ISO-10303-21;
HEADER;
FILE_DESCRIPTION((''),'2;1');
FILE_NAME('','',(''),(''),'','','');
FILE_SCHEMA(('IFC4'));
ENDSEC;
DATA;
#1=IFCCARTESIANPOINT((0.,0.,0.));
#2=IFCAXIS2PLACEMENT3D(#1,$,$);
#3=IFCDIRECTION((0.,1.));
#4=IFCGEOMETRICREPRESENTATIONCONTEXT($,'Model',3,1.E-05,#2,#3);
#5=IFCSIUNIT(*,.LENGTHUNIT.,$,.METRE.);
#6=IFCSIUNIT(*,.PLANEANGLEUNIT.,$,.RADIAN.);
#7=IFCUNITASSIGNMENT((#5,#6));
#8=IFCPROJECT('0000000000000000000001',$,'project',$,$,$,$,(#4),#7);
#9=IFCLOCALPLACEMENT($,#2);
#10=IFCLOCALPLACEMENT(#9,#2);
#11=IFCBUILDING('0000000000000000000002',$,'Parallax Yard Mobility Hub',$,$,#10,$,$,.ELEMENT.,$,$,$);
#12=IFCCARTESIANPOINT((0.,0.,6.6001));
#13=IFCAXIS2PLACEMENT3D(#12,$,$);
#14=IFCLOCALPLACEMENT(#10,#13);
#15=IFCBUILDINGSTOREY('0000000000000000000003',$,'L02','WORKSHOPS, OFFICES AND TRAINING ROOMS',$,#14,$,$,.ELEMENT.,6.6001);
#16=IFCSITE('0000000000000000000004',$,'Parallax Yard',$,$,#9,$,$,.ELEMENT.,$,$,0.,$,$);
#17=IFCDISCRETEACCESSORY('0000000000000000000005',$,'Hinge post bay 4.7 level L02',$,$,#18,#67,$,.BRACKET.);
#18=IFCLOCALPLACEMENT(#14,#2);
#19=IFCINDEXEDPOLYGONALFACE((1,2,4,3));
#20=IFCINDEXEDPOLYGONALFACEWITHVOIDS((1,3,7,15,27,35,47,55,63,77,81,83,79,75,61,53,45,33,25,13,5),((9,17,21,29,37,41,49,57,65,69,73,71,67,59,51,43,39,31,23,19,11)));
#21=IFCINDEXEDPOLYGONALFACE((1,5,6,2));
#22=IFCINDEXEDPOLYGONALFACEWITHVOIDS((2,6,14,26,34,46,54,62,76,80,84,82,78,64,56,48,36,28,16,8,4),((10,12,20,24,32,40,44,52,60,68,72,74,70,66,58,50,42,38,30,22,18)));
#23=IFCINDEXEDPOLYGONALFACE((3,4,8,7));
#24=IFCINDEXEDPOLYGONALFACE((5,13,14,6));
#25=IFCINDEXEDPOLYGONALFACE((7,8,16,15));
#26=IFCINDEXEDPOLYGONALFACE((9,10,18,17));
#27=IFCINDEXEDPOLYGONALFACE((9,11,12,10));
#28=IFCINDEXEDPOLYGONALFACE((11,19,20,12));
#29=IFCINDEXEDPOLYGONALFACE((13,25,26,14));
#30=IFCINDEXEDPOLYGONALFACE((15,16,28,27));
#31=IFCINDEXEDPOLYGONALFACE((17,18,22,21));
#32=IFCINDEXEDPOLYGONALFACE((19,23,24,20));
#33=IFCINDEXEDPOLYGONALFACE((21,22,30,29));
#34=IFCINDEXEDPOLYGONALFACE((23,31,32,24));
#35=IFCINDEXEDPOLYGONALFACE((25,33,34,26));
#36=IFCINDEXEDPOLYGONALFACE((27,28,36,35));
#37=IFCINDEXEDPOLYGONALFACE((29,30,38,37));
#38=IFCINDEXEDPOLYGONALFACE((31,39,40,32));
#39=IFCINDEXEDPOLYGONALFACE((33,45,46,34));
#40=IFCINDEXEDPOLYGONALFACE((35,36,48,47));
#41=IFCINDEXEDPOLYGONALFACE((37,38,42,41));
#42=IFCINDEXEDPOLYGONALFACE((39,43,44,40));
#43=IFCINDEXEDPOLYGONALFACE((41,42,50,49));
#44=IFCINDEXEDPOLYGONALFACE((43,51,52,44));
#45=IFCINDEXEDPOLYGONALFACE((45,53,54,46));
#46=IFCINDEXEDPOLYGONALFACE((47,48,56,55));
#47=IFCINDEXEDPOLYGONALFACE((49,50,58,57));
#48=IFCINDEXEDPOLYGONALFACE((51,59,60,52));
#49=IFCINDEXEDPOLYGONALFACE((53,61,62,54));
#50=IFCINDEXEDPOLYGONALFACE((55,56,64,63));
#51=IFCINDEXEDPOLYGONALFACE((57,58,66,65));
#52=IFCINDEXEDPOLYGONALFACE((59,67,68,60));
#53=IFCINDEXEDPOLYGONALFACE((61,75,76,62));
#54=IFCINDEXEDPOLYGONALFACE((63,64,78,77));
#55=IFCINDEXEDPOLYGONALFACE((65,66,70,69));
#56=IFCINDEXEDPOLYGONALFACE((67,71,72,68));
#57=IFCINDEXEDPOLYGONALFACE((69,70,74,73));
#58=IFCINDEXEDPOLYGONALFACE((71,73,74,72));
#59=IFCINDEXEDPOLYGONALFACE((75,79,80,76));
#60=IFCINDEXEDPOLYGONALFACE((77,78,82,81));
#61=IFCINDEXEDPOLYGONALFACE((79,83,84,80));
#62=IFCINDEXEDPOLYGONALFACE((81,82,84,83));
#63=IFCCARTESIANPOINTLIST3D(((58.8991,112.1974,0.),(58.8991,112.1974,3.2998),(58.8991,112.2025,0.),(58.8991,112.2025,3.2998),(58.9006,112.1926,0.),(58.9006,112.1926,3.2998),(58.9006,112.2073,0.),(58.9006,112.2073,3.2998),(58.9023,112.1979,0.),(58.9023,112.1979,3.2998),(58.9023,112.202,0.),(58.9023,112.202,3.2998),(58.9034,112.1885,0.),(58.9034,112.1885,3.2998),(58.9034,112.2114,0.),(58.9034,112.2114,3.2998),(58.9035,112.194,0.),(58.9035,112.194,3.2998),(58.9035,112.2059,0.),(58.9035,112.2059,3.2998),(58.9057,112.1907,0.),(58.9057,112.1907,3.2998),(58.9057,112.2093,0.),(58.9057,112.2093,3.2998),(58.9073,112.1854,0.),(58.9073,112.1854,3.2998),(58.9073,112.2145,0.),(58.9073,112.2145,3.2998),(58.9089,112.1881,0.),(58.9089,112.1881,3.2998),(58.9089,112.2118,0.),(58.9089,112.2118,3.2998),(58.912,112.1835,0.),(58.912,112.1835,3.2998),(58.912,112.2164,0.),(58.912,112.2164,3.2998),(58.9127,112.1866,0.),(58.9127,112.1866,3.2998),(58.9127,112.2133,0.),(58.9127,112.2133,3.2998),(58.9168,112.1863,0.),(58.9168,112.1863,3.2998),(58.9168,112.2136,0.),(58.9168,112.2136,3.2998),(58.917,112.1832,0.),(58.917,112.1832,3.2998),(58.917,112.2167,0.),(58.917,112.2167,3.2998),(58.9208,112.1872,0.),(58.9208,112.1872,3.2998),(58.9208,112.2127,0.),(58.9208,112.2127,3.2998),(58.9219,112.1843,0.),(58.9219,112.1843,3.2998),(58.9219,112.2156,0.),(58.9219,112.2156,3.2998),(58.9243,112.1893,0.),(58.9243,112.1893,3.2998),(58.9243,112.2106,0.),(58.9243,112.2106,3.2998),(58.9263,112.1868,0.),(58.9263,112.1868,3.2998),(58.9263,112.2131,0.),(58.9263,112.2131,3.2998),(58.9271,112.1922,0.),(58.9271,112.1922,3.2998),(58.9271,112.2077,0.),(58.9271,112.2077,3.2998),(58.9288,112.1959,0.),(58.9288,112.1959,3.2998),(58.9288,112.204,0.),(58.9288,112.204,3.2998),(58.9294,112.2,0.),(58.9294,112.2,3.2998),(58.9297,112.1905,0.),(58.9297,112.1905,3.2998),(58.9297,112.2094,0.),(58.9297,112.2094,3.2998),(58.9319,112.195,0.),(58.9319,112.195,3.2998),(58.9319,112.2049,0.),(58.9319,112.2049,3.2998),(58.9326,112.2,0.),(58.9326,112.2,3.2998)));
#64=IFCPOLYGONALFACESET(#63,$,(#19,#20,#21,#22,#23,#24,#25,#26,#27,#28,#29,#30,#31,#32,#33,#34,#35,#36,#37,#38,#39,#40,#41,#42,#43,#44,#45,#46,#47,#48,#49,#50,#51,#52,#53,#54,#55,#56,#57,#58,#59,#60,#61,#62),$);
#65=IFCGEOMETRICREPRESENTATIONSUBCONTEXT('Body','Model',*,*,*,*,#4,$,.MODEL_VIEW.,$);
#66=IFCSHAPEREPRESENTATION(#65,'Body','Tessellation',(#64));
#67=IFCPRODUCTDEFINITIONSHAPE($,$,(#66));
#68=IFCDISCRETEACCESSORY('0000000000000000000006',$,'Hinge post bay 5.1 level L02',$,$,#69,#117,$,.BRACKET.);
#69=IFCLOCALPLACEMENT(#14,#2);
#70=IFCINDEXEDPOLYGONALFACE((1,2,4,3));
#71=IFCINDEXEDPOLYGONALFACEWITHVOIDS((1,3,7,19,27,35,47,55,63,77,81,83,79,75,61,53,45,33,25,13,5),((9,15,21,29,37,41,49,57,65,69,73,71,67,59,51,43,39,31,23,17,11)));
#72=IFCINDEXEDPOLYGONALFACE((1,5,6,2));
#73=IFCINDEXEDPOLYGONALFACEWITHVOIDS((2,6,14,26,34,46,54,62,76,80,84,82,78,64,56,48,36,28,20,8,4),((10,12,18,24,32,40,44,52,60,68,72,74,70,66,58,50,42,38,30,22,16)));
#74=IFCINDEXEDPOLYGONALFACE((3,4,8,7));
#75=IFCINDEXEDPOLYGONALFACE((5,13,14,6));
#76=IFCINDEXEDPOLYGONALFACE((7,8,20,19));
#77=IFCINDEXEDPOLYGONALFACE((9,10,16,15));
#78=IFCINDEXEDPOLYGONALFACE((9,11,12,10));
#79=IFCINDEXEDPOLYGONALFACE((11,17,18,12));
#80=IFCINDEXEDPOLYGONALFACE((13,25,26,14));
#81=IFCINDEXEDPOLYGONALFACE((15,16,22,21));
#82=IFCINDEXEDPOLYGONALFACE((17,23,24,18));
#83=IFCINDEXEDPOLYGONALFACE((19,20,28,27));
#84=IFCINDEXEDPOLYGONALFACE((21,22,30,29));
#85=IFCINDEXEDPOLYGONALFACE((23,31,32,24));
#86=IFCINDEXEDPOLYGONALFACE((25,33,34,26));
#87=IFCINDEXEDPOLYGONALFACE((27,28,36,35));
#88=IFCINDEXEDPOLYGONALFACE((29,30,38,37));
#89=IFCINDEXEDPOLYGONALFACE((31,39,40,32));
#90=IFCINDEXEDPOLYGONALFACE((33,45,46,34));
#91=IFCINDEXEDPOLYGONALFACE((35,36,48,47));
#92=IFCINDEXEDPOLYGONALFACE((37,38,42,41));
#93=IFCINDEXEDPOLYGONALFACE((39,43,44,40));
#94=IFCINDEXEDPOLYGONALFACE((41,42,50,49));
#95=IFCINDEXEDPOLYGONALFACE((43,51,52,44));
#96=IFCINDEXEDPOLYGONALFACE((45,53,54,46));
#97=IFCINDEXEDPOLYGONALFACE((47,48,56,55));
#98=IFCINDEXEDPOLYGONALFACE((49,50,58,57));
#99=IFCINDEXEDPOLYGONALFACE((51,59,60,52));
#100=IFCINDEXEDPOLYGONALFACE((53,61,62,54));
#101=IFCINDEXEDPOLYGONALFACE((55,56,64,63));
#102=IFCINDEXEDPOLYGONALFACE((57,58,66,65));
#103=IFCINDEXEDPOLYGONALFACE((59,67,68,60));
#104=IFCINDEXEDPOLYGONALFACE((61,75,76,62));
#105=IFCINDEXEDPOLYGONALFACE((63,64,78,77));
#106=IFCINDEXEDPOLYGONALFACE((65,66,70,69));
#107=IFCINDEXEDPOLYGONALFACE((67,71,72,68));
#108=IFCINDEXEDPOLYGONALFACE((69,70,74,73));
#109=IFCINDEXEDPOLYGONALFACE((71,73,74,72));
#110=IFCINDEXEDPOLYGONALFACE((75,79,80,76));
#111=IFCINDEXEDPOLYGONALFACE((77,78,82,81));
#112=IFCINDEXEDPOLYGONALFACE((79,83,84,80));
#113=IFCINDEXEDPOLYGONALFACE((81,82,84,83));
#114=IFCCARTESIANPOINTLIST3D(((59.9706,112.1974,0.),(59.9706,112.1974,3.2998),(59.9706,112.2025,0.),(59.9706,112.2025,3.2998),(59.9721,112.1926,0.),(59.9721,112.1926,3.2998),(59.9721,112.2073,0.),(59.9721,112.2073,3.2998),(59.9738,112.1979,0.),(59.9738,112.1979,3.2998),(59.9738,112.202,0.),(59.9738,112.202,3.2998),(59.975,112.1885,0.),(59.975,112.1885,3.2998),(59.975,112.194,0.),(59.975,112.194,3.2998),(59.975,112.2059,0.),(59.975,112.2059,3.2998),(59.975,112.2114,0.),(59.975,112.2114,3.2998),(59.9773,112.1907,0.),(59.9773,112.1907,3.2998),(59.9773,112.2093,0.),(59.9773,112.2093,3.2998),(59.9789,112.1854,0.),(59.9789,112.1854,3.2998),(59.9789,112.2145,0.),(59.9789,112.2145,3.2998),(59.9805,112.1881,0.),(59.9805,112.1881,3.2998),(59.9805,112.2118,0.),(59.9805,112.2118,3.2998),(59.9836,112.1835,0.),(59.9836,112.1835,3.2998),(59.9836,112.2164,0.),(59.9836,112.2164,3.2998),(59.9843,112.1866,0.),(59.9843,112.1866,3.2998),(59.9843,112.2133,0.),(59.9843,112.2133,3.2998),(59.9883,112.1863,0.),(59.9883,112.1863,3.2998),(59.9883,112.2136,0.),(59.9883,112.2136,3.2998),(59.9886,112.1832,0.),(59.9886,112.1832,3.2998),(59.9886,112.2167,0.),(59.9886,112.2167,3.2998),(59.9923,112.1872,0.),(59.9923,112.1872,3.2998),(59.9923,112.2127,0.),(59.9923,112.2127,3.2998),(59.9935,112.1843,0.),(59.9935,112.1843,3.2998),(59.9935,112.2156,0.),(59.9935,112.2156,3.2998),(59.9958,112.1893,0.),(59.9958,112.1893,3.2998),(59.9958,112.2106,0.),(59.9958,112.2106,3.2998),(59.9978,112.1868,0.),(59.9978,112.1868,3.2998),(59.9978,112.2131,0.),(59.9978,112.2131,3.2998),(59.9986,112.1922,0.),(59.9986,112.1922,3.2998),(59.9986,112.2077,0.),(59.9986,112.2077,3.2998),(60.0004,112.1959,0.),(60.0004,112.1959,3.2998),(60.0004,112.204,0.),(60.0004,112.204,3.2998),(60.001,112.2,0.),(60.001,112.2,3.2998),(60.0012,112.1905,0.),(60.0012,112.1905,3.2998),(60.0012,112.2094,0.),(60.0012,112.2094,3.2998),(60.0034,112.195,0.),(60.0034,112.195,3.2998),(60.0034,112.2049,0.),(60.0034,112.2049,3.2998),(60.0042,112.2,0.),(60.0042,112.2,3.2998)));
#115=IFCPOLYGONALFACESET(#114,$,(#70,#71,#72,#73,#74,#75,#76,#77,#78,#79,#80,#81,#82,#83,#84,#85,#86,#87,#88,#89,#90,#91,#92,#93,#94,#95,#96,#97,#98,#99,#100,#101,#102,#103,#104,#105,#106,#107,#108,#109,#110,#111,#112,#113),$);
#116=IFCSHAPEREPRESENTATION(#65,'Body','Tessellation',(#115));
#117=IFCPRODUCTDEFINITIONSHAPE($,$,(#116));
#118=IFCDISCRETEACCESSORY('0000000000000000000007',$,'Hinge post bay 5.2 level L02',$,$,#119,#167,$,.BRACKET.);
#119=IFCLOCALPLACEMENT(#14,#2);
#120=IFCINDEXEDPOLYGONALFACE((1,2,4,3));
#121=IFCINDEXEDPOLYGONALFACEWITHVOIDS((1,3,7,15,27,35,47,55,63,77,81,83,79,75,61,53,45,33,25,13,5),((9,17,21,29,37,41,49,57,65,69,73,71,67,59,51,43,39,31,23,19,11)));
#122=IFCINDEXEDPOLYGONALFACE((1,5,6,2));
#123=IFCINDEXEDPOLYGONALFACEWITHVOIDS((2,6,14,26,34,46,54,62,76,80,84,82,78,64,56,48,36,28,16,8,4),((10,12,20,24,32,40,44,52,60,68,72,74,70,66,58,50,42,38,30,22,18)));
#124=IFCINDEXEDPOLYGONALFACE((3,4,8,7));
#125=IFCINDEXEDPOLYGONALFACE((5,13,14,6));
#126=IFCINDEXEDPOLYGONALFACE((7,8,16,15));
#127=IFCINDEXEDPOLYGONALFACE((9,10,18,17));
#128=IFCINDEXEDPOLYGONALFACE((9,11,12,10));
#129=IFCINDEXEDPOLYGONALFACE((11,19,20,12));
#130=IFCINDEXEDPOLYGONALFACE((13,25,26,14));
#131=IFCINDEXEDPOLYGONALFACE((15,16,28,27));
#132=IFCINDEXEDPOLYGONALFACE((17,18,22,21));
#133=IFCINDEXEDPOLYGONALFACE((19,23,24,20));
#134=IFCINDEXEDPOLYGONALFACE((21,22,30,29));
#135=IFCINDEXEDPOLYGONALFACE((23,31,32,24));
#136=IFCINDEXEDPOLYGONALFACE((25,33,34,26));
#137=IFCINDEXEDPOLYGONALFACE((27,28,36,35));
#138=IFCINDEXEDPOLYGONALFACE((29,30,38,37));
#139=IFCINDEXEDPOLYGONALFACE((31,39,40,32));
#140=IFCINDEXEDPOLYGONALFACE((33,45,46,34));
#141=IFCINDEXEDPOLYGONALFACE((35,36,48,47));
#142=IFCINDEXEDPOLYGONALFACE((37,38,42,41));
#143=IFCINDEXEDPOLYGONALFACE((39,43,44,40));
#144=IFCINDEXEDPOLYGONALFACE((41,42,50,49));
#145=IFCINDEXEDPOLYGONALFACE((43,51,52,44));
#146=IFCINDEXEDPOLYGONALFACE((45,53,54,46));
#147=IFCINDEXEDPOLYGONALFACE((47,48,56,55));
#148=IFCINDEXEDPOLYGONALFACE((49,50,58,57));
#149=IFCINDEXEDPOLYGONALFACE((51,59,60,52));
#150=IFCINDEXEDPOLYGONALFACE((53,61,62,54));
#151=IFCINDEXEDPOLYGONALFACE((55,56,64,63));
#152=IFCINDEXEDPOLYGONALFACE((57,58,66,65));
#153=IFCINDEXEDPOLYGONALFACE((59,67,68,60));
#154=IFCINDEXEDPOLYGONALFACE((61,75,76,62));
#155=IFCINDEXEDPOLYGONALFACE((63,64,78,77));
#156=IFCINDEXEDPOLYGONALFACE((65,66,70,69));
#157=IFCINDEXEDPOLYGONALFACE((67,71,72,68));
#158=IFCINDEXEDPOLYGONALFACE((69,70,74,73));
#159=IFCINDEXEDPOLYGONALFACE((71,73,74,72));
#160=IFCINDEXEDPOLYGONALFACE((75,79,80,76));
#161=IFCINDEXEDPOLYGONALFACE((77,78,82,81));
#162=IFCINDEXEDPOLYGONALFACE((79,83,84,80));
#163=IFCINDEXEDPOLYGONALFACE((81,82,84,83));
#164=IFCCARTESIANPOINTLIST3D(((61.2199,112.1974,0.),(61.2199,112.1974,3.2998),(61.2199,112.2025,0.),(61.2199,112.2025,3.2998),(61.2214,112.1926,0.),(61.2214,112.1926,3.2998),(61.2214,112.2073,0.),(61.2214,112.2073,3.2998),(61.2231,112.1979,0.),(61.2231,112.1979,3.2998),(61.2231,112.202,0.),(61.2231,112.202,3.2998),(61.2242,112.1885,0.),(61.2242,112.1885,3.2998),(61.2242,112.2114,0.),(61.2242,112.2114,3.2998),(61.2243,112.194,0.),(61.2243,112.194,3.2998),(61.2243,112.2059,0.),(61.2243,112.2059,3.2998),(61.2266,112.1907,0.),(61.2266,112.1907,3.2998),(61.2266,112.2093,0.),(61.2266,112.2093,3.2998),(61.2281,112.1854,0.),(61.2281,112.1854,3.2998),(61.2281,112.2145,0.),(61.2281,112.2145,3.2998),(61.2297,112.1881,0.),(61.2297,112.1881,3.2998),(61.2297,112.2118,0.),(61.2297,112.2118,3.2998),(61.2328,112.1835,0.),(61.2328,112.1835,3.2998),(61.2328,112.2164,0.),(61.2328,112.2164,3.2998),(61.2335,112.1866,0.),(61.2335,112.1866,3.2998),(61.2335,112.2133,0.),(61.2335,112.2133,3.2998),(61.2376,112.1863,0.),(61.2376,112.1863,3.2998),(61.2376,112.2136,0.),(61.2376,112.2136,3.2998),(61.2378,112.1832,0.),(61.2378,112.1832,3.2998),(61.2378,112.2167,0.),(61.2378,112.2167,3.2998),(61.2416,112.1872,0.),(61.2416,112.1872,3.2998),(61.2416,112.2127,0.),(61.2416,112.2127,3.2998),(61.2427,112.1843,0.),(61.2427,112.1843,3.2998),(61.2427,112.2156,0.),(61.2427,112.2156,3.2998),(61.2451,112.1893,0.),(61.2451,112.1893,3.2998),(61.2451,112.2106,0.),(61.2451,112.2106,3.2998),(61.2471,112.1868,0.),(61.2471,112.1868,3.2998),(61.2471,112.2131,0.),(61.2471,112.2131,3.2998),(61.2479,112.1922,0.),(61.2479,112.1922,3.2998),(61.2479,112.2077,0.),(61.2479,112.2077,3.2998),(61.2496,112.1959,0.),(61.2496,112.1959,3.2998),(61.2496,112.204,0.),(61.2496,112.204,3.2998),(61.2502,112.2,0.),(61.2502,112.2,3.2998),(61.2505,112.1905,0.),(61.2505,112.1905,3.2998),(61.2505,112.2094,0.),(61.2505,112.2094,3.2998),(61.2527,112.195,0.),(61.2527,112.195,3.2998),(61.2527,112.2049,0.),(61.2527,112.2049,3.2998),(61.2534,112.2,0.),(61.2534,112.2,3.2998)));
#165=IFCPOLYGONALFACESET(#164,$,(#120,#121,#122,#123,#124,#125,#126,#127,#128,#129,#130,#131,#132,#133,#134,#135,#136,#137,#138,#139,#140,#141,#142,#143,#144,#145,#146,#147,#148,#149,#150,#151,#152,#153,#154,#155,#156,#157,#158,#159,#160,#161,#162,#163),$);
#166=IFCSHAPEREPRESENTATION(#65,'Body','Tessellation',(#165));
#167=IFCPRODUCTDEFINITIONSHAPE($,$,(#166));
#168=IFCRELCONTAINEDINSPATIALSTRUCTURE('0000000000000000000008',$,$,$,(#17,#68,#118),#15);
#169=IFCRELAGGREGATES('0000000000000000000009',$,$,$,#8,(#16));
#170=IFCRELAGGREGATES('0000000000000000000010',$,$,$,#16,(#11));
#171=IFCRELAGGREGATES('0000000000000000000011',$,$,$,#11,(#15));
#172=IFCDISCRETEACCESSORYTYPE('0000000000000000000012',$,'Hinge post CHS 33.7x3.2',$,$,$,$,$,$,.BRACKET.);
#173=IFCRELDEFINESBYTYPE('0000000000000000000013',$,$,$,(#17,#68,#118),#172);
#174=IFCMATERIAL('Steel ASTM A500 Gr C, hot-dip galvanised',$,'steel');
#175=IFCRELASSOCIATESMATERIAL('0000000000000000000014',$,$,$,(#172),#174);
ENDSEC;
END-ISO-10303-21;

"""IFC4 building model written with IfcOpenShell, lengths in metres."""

from ifc_helpers import new_model, si_unit, direction, frame, origin, origin_2d, place, context, subcontext, project, spatial, hollow_circle, extrude, material, material_profile, profile_set, type_object, element, save


model = new_model("IFC4")

# Units and contexts
model_context = context("Model", 3, precision=1e-05, world=origin(), true_north=direction((0.0, 1.0)))
body_context = subcontext(model_context, "Body", "Model", "MODEL_VIEW")
ifc_project = project(units=[si_unit("LENGTHUNIT", "METRE"), si_unit("PLANEANGLEUNIT", "RADIAN")], contexts=[model_context])

# Site, building, storey
site_placement = place(None, origin())
site = spatial("IfcSite", under=ifc_project, at=site_placement, Name="Parallax Yard", CompositionType="ELEMENT", RefElevation=0.0)
building_placement = place(site_placement, origin())
building = spatial("IfcBuilding", under=site, at=building_placement, Name="Parallax Yard Mobility Hub", CompositionType="ELEMENT")
storey_placement = place(building_placement, frame((0.0, 0.0, 6.6001)))
storey = spatial("IfcBuildingStorey", under=building, at=storey_placement, Name="L02", Description="WORKSHOPS, OFFICES AND TRAINING ROOMS", CompositionType="ELEMENT", Elevation=6.6001)

# Discrete accessories
ifc_material_1 = material(Name="Steel ASTM A500 Gr C, hot-dip galvanised", Category="steel")
ifc_material_profile_1 = material_profile(ifc_material_1, hollow_circle(Radius=0.0168, WallThickness=0.0032, at=origin_2d()), Name="CHS 33.7x3.2")
ifc_profile_set_1 = profile_set([ifc_material_profile_1], Name="Steel ASTM A500 Gr C, hot-dip galvanised")
discrete_accessory_type_1 = type_object("IfcDiscreteAccessoryType", Name="Hinge post CHS 33.7x3.2", PredefinedType="BRACKET", material=ifc_profile_set_1)
for number, where, z_axis, x_axis, name in (
    (1, (58.9158, 112.2, 0.0), (0.0, 0.0, 1.0), (1.0, 0.0, 0.0), "Hinge post bay 4.7 level L02"),
    (2, (59.9873, 112.2, 0.0), (0.0, 0.0, 1.0), (1.0, 0.0, 0.0), "Hinge post bay 5.1 level L02"),
    (3, (61.2366, 112.2, 0.0), (0.0, 0.0, 1.0), (1.0, 0.0, 0.0), "Hinge post bay 5.2 level L02"),
):
    element("IfcDiscreteAccessory", number, at=place(storey_placement, frame(where, z_axis=z_axis, x_axis=x_axis)), inside=storey, type_object=discrete_accessory_type_1, Name=name, PredefinedType="BRACKET", context=body_context, shape_type="SweptSolid", body=[
        extrude(hollow_circle(Radius=0.0168, WallThickness=0.0032, at=origin_2d()), origin(), (0.0, 0.0, 1.0), 3.2998),
    ])

save(model, "model.ifc")
